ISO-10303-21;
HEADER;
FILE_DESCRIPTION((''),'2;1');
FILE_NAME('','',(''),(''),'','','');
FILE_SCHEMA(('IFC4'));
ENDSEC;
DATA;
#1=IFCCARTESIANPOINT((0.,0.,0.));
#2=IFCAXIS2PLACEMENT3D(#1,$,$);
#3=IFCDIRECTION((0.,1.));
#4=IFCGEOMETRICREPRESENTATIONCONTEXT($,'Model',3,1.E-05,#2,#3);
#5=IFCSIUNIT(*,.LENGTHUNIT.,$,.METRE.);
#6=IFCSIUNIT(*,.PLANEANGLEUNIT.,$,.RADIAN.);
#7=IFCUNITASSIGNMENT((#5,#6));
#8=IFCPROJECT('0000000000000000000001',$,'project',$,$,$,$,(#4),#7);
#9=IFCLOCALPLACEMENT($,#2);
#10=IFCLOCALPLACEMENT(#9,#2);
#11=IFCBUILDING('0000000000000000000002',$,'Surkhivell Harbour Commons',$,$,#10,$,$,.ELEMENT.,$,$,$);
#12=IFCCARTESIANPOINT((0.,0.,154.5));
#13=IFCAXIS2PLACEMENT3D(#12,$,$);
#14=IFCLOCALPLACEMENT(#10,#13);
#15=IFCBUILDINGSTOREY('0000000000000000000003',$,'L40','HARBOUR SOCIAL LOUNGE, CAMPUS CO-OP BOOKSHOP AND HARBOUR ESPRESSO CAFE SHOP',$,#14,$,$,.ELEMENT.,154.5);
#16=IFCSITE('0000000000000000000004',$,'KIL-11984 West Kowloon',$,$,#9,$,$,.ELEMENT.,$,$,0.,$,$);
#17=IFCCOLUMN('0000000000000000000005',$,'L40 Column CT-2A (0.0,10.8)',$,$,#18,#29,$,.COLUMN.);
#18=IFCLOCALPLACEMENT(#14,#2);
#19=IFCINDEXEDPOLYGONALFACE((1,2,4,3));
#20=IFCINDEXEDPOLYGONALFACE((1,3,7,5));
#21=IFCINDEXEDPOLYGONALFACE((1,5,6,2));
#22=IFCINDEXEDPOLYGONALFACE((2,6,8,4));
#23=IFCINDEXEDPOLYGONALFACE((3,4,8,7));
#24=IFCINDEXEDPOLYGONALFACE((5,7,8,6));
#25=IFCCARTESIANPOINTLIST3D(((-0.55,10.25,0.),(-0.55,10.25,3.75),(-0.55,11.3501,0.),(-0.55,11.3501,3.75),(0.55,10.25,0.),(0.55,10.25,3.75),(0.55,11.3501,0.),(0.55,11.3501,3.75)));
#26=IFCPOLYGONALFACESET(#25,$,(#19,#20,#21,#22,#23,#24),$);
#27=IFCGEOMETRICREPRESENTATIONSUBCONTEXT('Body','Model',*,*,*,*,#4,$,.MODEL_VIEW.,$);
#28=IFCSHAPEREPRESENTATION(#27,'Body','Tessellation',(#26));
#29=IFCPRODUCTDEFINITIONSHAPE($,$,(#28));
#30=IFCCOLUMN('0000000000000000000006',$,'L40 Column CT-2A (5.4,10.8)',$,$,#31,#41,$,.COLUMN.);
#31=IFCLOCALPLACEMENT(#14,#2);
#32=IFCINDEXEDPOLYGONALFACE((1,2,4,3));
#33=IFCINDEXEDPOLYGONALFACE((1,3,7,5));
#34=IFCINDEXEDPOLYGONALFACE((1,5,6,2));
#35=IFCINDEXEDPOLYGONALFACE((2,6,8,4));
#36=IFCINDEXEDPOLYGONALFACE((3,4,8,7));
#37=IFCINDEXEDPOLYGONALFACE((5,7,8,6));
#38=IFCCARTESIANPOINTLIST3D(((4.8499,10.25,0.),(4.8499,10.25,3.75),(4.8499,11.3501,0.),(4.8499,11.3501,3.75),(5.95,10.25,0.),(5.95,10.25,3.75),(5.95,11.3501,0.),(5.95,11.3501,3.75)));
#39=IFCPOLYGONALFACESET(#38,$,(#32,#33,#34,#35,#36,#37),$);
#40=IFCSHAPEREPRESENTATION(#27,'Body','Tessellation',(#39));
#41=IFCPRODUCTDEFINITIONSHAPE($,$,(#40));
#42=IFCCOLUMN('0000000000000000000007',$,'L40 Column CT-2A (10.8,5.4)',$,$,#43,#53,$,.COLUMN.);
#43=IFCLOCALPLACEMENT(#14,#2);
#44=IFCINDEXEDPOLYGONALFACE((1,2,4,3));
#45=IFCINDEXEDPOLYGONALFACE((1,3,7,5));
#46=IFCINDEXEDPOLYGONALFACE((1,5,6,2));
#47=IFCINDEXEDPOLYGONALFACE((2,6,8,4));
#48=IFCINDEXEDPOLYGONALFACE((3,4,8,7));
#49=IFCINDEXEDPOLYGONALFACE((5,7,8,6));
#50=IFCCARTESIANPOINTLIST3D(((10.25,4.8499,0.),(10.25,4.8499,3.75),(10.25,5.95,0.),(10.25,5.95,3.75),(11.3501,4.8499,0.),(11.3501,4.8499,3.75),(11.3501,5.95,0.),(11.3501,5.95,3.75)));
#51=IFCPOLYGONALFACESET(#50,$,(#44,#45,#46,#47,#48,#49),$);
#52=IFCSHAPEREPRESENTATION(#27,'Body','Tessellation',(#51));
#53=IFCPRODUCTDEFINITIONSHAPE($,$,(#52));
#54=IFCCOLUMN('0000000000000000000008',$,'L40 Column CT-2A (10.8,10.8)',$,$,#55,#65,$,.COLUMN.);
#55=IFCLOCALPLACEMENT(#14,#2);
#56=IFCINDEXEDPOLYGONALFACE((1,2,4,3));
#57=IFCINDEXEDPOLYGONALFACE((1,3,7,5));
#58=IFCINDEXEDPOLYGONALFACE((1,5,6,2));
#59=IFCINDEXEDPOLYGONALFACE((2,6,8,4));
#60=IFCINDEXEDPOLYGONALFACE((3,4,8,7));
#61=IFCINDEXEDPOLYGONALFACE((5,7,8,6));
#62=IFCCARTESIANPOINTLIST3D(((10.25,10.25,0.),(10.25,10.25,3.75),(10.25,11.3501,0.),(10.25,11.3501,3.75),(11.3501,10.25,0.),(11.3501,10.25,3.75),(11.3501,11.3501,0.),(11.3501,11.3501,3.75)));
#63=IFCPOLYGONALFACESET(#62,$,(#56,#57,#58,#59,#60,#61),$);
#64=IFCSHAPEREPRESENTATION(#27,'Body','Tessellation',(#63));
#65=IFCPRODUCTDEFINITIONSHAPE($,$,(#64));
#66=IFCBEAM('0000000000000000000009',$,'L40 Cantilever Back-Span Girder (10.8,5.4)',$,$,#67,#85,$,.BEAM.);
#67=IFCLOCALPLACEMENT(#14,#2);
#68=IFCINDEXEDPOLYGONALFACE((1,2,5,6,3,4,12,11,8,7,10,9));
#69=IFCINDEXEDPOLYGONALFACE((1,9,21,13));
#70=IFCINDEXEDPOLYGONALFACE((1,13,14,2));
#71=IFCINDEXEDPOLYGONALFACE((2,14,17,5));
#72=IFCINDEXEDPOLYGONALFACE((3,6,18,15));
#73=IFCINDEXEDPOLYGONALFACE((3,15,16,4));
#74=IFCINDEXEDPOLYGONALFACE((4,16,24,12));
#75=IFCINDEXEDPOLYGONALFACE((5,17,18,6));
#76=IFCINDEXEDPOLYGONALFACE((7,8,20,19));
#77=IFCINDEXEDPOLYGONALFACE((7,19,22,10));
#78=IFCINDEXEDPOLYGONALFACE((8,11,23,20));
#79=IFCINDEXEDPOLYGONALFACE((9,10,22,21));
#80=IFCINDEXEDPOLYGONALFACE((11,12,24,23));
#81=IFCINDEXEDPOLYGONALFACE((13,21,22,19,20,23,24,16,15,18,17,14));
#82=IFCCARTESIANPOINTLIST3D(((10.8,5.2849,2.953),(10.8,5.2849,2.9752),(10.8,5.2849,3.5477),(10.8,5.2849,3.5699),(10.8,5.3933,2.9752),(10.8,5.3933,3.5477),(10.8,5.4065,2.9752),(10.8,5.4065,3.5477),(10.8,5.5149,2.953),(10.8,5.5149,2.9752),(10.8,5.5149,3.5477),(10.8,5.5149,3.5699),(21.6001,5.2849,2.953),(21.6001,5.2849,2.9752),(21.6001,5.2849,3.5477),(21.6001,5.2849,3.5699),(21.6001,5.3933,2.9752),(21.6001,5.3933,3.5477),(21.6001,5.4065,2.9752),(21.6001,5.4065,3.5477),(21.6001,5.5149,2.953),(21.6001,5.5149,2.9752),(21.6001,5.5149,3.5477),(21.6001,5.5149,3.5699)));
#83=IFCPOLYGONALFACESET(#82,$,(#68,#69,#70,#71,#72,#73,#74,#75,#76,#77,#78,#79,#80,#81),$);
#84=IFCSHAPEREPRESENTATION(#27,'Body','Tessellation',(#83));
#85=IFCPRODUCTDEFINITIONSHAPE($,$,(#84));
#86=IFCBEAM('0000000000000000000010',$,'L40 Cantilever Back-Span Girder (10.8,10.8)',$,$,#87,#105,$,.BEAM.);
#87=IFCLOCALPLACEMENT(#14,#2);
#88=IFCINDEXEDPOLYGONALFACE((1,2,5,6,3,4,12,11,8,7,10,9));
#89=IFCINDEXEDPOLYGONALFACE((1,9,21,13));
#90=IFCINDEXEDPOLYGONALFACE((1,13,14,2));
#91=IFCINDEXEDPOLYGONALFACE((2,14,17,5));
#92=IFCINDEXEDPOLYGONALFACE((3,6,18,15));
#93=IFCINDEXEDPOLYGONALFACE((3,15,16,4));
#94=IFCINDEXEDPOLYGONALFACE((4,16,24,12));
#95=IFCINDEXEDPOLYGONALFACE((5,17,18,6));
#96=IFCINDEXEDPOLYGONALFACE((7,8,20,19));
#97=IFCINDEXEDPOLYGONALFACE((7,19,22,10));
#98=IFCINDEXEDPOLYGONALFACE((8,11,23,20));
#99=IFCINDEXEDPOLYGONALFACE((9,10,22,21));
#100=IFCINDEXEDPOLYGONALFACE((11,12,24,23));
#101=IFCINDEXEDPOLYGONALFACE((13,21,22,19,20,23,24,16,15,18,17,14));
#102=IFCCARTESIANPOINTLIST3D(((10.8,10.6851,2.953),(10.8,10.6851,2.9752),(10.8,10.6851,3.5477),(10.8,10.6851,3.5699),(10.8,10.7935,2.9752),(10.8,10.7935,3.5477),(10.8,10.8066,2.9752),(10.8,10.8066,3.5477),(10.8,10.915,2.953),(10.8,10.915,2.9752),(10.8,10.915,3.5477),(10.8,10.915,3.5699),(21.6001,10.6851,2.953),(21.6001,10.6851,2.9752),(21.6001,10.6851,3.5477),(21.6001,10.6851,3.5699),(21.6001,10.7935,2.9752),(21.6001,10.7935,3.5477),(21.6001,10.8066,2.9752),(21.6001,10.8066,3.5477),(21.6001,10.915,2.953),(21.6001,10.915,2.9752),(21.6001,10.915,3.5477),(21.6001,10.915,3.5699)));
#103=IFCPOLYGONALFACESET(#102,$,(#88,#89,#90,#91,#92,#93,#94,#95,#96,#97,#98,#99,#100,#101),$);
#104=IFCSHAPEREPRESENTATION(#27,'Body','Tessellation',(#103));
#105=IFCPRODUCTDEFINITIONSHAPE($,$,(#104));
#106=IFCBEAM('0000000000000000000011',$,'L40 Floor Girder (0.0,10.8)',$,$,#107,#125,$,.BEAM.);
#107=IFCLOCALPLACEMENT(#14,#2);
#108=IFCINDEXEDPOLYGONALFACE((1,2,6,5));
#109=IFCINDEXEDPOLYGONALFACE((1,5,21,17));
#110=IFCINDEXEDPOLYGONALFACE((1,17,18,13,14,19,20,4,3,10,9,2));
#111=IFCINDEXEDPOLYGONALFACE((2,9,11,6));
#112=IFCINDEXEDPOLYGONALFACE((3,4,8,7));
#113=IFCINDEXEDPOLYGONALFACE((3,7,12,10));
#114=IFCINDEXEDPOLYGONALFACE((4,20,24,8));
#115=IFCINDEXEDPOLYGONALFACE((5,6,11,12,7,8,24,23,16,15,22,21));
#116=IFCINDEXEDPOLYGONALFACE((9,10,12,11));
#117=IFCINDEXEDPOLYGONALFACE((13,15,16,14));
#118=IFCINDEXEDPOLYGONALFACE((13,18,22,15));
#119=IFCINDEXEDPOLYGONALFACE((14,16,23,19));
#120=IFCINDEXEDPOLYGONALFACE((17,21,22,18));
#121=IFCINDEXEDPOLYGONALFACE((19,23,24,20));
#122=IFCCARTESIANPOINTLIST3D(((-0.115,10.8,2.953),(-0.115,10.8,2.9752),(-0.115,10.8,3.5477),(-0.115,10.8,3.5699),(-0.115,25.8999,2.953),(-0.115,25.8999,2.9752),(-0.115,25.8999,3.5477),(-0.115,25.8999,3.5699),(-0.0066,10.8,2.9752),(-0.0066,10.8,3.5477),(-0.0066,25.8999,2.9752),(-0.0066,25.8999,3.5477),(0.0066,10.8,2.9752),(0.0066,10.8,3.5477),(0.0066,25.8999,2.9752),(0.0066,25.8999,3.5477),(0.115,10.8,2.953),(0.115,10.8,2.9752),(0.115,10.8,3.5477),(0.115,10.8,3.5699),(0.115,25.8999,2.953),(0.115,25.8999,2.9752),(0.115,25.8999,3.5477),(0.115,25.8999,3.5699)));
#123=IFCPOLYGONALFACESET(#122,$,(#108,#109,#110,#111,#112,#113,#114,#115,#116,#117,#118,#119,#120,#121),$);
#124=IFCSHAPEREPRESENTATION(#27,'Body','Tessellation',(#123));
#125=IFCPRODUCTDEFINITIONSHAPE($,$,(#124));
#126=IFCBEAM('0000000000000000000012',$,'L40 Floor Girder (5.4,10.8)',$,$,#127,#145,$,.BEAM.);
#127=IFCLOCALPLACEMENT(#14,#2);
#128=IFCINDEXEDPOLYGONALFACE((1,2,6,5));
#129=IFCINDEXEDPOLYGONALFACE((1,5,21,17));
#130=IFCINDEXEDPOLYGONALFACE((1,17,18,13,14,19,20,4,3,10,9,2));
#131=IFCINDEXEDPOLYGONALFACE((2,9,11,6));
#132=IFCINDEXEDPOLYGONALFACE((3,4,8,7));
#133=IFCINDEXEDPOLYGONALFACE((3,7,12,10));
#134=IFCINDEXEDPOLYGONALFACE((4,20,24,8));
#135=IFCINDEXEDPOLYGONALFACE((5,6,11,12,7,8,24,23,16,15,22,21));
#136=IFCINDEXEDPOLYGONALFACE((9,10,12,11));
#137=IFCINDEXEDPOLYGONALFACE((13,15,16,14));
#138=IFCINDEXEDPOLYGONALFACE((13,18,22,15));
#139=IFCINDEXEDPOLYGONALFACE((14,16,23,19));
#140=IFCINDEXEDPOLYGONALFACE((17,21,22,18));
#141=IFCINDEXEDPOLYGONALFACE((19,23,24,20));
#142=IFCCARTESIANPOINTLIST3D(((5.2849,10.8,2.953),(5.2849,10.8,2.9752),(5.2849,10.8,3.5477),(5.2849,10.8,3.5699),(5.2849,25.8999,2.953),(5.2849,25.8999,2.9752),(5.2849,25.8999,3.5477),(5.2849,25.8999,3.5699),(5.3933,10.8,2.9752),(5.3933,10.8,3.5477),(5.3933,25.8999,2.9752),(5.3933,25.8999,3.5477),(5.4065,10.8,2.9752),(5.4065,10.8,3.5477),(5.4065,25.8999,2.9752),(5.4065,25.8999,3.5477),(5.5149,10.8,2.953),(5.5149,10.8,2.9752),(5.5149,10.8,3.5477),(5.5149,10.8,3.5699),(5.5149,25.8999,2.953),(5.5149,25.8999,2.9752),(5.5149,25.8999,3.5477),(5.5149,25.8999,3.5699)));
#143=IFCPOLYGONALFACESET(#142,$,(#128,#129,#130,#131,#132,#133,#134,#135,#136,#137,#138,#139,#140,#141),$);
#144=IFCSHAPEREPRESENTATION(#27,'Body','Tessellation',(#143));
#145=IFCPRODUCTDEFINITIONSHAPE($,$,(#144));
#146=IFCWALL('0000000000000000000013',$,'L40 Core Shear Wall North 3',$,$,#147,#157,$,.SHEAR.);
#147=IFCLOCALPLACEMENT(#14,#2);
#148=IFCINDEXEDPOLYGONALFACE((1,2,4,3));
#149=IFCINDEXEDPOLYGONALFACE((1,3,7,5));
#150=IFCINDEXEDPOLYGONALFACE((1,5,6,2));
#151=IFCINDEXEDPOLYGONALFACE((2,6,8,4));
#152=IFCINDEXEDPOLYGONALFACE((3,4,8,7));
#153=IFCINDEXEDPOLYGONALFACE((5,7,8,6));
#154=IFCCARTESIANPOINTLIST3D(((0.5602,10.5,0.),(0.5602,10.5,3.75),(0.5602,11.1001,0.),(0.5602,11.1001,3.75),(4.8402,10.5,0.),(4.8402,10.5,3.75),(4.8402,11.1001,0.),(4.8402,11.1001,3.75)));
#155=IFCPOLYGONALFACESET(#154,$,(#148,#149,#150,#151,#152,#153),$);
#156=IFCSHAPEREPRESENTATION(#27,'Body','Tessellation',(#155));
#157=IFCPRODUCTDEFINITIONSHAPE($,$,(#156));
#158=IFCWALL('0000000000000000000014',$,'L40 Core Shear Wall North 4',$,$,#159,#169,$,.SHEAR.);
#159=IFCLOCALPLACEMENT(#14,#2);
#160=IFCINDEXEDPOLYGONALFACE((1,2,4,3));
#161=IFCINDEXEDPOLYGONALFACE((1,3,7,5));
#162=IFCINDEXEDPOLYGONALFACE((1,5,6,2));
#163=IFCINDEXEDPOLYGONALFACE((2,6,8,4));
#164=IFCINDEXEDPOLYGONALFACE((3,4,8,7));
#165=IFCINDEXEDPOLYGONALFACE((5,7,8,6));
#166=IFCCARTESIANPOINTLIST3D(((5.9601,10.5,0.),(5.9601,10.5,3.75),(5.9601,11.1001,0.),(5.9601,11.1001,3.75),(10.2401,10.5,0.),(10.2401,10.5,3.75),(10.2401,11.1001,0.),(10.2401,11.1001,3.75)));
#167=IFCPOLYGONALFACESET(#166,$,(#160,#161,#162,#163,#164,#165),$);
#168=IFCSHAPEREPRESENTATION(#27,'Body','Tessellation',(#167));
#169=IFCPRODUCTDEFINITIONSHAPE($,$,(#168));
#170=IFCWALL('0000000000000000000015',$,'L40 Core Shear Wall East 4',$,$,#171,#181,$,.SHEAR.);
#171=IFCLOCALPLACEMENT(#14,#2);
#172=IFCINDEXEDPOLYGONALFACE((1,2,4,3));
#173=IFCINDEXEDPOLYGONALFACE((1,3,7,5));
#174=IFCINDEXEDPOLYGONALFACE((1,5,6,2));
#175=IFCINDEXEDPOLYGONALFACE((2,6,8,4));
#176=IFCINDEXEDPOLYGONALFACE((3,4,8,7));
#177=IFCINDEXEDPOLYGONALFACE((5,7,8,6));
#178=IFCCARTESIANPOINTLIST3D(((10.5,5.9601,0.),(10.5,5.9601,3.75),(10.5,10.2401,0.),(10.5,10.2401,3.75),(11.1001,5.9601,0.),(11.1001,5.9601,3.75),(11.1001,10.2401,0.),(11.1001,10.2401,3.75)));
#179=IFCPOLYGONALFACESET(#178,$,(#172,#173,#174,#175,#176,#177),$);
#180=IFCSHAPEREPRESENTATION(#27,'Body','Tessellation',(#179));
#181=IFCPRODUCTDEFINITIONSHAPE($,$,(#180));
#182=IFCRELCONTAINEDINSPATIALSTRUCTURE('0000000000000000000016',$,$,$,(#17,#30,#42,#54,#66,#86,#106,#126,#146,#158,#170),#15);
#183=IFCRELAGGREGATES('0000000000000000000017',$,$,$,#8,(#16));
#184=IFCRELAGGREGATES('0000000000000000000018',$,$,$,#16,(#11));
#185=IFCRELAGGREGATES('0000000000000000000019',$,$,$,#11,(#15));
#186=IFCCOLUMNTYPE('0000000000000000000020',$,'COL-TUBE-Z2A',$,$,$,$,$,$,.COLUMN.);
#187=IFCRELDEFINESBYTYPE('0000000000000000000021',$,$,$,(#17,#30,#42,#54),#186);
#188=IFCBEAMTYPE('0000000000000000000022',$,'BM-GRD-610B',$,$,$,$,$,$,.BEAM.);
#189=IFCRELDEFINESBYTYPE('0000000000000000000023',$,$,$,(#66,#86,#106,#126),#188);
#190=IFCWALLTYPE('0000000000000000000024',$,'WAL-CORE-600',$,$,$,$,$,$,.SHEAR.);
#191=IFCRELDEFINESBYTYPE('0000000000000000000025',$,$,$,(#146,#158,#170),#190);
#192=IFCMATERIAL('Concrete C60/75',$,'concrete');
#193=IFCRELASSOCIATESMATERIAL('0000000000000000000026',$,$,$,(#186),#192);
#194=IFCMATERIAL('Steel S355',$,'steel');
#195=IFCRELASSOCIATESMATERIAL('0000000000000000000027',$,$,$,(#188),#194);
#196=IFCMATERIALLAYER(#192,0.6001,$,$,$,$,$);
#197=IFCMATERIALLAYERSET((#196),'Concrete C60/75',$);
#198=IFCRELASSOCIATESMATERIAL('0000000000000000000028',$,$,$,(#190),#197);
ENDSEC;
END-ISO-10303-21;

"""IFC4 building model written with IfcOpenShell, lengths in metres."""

from ifc_helpers import new_model, si_unit, direction, frame, frame_2d, origin, origin_2d, place, context, subcontext, project, spatial, rectangle, i_section, extrude, material, layer, layer_set, material_profile, profile_set, type_object, element, save


model = new_model("IFC4")

# Units and contexts
model_context = context("Model", 3, precision=1e-05, world=origin(), true_north=direction((0.0, 1.0)))
body_context = subcontext(model_context, "Body", "Model", "MODEL_VIEW")
ifc_project = project(units=[si_unit("LENGTHUNIT", "METRE"), si_unit("PLANEANGLEUNIT", "RADIAN")], contexts=[model_context])

# Site, building, storey
site_placement = place(None, origin())
site = spatial("IfcSite", under=ifc_project, at=site_placement, Name="KIL-11984 West Kowloon", CompositionType="ELEMENT", RefElevation=0.0)
building_placement = place(site_placement, origin())
building = spatial("IfcBuilding", under=site, at=building_placement, Name="Surkhivell Harbour Commons", CompositionType="ELEMENT")
storey_placement = place(building_placement, frame((0.0, 0.0, 154.5)))
storey = spatial("IfcBuildingStorey", under=building, at=storey_placement, Name="L40", Description="HARBOUR SOCIAL LOUNGE, CAMPUS CO-OP BOOKSHOP AND HARBOUR ESPRESSO CAFE SHOP", CompositionType="ELEMENT", Elevation=154.5)

# Columns
ifc_material_1 = material(Name="Concrete C60/75", Category="concrete")
ifc_material_profile_1 = material_profile(ifc_material_1, rectangle(XDim=1.1001, YDim=1.1001, at=origin_2d()), Name="RC-COL-1100x1100")
ifc_profile_set_1 = profile_set([ifc_material_profile_1], Name="Concrete C60/75")
column_type = type_object("IfcColumnType", Name="COL-TUBE-Z2A", PredefinedType="COLUMN", material=ifc_profile_set_1)
for number, where, z_axis, x_axis, name in (
    (1, (0.0, 10.8, 0.0), (0.0, 0.0, 1.0), (1.0, 0.0, 0.0), "L40 Column CT-2A (0.0,10.8)"),
    (2, (5.3999, 10.8, 0.0), (0.0, 0.0, 1.0), (1.0, 0.0, 0.0), "L40 Column CT-2A (5.4,10.8)"),
    (3, (10.8, 5.3999, 0.0), (0.0, 0.0, 1.0), (1.0, 0.0, 0.0), "L40 Column CT-2A (10.8,5.4)"),
    (4, (10.8, 10.8, 0.0), (0.0, 0.0, 1.0), (1.0, 0.0, 0.0), "L40 Column CT-2A (10.8,10.8)"),
):
    element("IfcColumn", number, at=place(storey_placement, frame(where, z_axis=z_axis, x_axis=x_axis)), inside=storey, type_object=column_type, Name=name, PredefinedType="COLUMN", context=body_context, shape_type="SweptSolid", body=[
        extrude(rectangle(XDim=1.1001, YDim=1.1001, at=origin_2d()), origin(), (0.0, 0.0, 1.0), 3.75),
    ])

# Beams
ifc_material_2 = material(Name="Steel S355", Category="steel")
ifc_material_profile_2 = material_profile(ifc_material_2, i_section(OverallWidth=0.23, OverallDepth=0.6169, WebThickness=0.0132, FlangeThickness=0.0222, at=origin_2d()), Name="UB610x229x140")
ifc_profile_set_2 = profile_set([ifc_material_profile_2], Name="Steel S355")
beam_type = type_object("IfcBeamType", Name="BM-GRD-610B", PredefinedType="BEAM", material=ifc_profile_set_2)
for number, where, z_axis, x_axis, name in (
    (5, (10.8, 5.3999, 3.2615), (1.0, 0.0, 0.0), (0.0, 1.0, 0.0), "L40 Cantilever Back-Span Girder (10.8,5.4)"),
    (6, (10.8, 10.8, 3.2615), (1.0, 0.0, 0.0), (0.0, 1.0, 0.0), "L40 Cantilever Back-Span Girder (10.8,10.8)"),
):
    element("IfcBeam", number, at=place(storey_placement, frame(where, z_axis=z_axis, x_axis=x_axis)), inside=storey, type_object=beam_type, Name=name, PredefinedType="BEAM", context=body_context, shape_type="SweptSolid", body=[
        extrude(i_section(OverallWidth=0.23, OverallDepth=0.6169, WebThickness=0.0132, FlangeThickness=0.0222, at=origin_2d()), origin(), (0.0, 0.0, 1.0), 10.8),
    ])
for number, where, z_axis, x_axis, name in (
    (7, (0.0, 10.8, 3.2615), (0.0, 1.0, 0.0), (-1.0, 0.0, 0.0), "L40 Floor Girder (0.0,10.8)"),
    (8, (5.3999, 10.8, 3.2615), (0.0, 1.0, 0.0), (-1.0, 0.0, 0.0), "L40 Floor Girder (5.4,10.8)"),
):
    element("IfcBeam", number, at=place(storey_placement, frame(where, z_axis=z_axis, x_axis=x_axis)), inside=storey, type_object=beam_type, Name=name, PredefinedType="BEAM", context=body_context, shape_type="SweptSolid", body=[
        extrude(i_section(OverallWidth=0.23, OverallDepth=0.6169, WebThickness=0.0132, FlangeThickness=0.0222, at=origin_2d()), origin(), (0.0, 0.0, 1.0), 15.0999),
    ])

# Walls
ifc_layer_1 = layer(ifc_material_1, 0.6001)
ifc_layer_set_1 = layer_set([ifc_layer_1], Name="Concrete C60/75")
wall_type_1 = type_object("IfcWallType", Name="WAL-CORE-600", PredefinedType="SHEAR", material=ifc_layer_set_1)
for number, where, z_axis, x_axis, name in (
    (9, (0.5601, 10.8, 0.0), (0.0, 0.0, 1.0), (1.0, 0.0, 0.0), "L40 Core Shear Wall North 3"),
    (10, (5.96, 10.8, 0.0), (0.0, 0.0, 1.0), (1.0, 0.0, 0.0), "L40 Core Shear Wall North 4"),
    (11, (10.8, 5.96, 0.0), (0.0, 0.0, 1.0), (0.0, 1.0, 0.0), "L40 Core Shear Wall East 4"),
):
    element("IfcWall", number, at=place(storey_placement, frame(where, z_axis=z_axis, x_axis=x_axis)), inside=storey, type_object=wall_type_1, Name=name, PredefinedType="SHEAR", context=body_context, shape_type="SweptSolid", body=[
        extrude(rectangle(XDim=4.28, YDim=0.6001, at=frame_2d((2.1401, 0.0))), origin(), (0.0, 0.0, 1.0), 3.75),
    ])

save(model, "model.ifc")
